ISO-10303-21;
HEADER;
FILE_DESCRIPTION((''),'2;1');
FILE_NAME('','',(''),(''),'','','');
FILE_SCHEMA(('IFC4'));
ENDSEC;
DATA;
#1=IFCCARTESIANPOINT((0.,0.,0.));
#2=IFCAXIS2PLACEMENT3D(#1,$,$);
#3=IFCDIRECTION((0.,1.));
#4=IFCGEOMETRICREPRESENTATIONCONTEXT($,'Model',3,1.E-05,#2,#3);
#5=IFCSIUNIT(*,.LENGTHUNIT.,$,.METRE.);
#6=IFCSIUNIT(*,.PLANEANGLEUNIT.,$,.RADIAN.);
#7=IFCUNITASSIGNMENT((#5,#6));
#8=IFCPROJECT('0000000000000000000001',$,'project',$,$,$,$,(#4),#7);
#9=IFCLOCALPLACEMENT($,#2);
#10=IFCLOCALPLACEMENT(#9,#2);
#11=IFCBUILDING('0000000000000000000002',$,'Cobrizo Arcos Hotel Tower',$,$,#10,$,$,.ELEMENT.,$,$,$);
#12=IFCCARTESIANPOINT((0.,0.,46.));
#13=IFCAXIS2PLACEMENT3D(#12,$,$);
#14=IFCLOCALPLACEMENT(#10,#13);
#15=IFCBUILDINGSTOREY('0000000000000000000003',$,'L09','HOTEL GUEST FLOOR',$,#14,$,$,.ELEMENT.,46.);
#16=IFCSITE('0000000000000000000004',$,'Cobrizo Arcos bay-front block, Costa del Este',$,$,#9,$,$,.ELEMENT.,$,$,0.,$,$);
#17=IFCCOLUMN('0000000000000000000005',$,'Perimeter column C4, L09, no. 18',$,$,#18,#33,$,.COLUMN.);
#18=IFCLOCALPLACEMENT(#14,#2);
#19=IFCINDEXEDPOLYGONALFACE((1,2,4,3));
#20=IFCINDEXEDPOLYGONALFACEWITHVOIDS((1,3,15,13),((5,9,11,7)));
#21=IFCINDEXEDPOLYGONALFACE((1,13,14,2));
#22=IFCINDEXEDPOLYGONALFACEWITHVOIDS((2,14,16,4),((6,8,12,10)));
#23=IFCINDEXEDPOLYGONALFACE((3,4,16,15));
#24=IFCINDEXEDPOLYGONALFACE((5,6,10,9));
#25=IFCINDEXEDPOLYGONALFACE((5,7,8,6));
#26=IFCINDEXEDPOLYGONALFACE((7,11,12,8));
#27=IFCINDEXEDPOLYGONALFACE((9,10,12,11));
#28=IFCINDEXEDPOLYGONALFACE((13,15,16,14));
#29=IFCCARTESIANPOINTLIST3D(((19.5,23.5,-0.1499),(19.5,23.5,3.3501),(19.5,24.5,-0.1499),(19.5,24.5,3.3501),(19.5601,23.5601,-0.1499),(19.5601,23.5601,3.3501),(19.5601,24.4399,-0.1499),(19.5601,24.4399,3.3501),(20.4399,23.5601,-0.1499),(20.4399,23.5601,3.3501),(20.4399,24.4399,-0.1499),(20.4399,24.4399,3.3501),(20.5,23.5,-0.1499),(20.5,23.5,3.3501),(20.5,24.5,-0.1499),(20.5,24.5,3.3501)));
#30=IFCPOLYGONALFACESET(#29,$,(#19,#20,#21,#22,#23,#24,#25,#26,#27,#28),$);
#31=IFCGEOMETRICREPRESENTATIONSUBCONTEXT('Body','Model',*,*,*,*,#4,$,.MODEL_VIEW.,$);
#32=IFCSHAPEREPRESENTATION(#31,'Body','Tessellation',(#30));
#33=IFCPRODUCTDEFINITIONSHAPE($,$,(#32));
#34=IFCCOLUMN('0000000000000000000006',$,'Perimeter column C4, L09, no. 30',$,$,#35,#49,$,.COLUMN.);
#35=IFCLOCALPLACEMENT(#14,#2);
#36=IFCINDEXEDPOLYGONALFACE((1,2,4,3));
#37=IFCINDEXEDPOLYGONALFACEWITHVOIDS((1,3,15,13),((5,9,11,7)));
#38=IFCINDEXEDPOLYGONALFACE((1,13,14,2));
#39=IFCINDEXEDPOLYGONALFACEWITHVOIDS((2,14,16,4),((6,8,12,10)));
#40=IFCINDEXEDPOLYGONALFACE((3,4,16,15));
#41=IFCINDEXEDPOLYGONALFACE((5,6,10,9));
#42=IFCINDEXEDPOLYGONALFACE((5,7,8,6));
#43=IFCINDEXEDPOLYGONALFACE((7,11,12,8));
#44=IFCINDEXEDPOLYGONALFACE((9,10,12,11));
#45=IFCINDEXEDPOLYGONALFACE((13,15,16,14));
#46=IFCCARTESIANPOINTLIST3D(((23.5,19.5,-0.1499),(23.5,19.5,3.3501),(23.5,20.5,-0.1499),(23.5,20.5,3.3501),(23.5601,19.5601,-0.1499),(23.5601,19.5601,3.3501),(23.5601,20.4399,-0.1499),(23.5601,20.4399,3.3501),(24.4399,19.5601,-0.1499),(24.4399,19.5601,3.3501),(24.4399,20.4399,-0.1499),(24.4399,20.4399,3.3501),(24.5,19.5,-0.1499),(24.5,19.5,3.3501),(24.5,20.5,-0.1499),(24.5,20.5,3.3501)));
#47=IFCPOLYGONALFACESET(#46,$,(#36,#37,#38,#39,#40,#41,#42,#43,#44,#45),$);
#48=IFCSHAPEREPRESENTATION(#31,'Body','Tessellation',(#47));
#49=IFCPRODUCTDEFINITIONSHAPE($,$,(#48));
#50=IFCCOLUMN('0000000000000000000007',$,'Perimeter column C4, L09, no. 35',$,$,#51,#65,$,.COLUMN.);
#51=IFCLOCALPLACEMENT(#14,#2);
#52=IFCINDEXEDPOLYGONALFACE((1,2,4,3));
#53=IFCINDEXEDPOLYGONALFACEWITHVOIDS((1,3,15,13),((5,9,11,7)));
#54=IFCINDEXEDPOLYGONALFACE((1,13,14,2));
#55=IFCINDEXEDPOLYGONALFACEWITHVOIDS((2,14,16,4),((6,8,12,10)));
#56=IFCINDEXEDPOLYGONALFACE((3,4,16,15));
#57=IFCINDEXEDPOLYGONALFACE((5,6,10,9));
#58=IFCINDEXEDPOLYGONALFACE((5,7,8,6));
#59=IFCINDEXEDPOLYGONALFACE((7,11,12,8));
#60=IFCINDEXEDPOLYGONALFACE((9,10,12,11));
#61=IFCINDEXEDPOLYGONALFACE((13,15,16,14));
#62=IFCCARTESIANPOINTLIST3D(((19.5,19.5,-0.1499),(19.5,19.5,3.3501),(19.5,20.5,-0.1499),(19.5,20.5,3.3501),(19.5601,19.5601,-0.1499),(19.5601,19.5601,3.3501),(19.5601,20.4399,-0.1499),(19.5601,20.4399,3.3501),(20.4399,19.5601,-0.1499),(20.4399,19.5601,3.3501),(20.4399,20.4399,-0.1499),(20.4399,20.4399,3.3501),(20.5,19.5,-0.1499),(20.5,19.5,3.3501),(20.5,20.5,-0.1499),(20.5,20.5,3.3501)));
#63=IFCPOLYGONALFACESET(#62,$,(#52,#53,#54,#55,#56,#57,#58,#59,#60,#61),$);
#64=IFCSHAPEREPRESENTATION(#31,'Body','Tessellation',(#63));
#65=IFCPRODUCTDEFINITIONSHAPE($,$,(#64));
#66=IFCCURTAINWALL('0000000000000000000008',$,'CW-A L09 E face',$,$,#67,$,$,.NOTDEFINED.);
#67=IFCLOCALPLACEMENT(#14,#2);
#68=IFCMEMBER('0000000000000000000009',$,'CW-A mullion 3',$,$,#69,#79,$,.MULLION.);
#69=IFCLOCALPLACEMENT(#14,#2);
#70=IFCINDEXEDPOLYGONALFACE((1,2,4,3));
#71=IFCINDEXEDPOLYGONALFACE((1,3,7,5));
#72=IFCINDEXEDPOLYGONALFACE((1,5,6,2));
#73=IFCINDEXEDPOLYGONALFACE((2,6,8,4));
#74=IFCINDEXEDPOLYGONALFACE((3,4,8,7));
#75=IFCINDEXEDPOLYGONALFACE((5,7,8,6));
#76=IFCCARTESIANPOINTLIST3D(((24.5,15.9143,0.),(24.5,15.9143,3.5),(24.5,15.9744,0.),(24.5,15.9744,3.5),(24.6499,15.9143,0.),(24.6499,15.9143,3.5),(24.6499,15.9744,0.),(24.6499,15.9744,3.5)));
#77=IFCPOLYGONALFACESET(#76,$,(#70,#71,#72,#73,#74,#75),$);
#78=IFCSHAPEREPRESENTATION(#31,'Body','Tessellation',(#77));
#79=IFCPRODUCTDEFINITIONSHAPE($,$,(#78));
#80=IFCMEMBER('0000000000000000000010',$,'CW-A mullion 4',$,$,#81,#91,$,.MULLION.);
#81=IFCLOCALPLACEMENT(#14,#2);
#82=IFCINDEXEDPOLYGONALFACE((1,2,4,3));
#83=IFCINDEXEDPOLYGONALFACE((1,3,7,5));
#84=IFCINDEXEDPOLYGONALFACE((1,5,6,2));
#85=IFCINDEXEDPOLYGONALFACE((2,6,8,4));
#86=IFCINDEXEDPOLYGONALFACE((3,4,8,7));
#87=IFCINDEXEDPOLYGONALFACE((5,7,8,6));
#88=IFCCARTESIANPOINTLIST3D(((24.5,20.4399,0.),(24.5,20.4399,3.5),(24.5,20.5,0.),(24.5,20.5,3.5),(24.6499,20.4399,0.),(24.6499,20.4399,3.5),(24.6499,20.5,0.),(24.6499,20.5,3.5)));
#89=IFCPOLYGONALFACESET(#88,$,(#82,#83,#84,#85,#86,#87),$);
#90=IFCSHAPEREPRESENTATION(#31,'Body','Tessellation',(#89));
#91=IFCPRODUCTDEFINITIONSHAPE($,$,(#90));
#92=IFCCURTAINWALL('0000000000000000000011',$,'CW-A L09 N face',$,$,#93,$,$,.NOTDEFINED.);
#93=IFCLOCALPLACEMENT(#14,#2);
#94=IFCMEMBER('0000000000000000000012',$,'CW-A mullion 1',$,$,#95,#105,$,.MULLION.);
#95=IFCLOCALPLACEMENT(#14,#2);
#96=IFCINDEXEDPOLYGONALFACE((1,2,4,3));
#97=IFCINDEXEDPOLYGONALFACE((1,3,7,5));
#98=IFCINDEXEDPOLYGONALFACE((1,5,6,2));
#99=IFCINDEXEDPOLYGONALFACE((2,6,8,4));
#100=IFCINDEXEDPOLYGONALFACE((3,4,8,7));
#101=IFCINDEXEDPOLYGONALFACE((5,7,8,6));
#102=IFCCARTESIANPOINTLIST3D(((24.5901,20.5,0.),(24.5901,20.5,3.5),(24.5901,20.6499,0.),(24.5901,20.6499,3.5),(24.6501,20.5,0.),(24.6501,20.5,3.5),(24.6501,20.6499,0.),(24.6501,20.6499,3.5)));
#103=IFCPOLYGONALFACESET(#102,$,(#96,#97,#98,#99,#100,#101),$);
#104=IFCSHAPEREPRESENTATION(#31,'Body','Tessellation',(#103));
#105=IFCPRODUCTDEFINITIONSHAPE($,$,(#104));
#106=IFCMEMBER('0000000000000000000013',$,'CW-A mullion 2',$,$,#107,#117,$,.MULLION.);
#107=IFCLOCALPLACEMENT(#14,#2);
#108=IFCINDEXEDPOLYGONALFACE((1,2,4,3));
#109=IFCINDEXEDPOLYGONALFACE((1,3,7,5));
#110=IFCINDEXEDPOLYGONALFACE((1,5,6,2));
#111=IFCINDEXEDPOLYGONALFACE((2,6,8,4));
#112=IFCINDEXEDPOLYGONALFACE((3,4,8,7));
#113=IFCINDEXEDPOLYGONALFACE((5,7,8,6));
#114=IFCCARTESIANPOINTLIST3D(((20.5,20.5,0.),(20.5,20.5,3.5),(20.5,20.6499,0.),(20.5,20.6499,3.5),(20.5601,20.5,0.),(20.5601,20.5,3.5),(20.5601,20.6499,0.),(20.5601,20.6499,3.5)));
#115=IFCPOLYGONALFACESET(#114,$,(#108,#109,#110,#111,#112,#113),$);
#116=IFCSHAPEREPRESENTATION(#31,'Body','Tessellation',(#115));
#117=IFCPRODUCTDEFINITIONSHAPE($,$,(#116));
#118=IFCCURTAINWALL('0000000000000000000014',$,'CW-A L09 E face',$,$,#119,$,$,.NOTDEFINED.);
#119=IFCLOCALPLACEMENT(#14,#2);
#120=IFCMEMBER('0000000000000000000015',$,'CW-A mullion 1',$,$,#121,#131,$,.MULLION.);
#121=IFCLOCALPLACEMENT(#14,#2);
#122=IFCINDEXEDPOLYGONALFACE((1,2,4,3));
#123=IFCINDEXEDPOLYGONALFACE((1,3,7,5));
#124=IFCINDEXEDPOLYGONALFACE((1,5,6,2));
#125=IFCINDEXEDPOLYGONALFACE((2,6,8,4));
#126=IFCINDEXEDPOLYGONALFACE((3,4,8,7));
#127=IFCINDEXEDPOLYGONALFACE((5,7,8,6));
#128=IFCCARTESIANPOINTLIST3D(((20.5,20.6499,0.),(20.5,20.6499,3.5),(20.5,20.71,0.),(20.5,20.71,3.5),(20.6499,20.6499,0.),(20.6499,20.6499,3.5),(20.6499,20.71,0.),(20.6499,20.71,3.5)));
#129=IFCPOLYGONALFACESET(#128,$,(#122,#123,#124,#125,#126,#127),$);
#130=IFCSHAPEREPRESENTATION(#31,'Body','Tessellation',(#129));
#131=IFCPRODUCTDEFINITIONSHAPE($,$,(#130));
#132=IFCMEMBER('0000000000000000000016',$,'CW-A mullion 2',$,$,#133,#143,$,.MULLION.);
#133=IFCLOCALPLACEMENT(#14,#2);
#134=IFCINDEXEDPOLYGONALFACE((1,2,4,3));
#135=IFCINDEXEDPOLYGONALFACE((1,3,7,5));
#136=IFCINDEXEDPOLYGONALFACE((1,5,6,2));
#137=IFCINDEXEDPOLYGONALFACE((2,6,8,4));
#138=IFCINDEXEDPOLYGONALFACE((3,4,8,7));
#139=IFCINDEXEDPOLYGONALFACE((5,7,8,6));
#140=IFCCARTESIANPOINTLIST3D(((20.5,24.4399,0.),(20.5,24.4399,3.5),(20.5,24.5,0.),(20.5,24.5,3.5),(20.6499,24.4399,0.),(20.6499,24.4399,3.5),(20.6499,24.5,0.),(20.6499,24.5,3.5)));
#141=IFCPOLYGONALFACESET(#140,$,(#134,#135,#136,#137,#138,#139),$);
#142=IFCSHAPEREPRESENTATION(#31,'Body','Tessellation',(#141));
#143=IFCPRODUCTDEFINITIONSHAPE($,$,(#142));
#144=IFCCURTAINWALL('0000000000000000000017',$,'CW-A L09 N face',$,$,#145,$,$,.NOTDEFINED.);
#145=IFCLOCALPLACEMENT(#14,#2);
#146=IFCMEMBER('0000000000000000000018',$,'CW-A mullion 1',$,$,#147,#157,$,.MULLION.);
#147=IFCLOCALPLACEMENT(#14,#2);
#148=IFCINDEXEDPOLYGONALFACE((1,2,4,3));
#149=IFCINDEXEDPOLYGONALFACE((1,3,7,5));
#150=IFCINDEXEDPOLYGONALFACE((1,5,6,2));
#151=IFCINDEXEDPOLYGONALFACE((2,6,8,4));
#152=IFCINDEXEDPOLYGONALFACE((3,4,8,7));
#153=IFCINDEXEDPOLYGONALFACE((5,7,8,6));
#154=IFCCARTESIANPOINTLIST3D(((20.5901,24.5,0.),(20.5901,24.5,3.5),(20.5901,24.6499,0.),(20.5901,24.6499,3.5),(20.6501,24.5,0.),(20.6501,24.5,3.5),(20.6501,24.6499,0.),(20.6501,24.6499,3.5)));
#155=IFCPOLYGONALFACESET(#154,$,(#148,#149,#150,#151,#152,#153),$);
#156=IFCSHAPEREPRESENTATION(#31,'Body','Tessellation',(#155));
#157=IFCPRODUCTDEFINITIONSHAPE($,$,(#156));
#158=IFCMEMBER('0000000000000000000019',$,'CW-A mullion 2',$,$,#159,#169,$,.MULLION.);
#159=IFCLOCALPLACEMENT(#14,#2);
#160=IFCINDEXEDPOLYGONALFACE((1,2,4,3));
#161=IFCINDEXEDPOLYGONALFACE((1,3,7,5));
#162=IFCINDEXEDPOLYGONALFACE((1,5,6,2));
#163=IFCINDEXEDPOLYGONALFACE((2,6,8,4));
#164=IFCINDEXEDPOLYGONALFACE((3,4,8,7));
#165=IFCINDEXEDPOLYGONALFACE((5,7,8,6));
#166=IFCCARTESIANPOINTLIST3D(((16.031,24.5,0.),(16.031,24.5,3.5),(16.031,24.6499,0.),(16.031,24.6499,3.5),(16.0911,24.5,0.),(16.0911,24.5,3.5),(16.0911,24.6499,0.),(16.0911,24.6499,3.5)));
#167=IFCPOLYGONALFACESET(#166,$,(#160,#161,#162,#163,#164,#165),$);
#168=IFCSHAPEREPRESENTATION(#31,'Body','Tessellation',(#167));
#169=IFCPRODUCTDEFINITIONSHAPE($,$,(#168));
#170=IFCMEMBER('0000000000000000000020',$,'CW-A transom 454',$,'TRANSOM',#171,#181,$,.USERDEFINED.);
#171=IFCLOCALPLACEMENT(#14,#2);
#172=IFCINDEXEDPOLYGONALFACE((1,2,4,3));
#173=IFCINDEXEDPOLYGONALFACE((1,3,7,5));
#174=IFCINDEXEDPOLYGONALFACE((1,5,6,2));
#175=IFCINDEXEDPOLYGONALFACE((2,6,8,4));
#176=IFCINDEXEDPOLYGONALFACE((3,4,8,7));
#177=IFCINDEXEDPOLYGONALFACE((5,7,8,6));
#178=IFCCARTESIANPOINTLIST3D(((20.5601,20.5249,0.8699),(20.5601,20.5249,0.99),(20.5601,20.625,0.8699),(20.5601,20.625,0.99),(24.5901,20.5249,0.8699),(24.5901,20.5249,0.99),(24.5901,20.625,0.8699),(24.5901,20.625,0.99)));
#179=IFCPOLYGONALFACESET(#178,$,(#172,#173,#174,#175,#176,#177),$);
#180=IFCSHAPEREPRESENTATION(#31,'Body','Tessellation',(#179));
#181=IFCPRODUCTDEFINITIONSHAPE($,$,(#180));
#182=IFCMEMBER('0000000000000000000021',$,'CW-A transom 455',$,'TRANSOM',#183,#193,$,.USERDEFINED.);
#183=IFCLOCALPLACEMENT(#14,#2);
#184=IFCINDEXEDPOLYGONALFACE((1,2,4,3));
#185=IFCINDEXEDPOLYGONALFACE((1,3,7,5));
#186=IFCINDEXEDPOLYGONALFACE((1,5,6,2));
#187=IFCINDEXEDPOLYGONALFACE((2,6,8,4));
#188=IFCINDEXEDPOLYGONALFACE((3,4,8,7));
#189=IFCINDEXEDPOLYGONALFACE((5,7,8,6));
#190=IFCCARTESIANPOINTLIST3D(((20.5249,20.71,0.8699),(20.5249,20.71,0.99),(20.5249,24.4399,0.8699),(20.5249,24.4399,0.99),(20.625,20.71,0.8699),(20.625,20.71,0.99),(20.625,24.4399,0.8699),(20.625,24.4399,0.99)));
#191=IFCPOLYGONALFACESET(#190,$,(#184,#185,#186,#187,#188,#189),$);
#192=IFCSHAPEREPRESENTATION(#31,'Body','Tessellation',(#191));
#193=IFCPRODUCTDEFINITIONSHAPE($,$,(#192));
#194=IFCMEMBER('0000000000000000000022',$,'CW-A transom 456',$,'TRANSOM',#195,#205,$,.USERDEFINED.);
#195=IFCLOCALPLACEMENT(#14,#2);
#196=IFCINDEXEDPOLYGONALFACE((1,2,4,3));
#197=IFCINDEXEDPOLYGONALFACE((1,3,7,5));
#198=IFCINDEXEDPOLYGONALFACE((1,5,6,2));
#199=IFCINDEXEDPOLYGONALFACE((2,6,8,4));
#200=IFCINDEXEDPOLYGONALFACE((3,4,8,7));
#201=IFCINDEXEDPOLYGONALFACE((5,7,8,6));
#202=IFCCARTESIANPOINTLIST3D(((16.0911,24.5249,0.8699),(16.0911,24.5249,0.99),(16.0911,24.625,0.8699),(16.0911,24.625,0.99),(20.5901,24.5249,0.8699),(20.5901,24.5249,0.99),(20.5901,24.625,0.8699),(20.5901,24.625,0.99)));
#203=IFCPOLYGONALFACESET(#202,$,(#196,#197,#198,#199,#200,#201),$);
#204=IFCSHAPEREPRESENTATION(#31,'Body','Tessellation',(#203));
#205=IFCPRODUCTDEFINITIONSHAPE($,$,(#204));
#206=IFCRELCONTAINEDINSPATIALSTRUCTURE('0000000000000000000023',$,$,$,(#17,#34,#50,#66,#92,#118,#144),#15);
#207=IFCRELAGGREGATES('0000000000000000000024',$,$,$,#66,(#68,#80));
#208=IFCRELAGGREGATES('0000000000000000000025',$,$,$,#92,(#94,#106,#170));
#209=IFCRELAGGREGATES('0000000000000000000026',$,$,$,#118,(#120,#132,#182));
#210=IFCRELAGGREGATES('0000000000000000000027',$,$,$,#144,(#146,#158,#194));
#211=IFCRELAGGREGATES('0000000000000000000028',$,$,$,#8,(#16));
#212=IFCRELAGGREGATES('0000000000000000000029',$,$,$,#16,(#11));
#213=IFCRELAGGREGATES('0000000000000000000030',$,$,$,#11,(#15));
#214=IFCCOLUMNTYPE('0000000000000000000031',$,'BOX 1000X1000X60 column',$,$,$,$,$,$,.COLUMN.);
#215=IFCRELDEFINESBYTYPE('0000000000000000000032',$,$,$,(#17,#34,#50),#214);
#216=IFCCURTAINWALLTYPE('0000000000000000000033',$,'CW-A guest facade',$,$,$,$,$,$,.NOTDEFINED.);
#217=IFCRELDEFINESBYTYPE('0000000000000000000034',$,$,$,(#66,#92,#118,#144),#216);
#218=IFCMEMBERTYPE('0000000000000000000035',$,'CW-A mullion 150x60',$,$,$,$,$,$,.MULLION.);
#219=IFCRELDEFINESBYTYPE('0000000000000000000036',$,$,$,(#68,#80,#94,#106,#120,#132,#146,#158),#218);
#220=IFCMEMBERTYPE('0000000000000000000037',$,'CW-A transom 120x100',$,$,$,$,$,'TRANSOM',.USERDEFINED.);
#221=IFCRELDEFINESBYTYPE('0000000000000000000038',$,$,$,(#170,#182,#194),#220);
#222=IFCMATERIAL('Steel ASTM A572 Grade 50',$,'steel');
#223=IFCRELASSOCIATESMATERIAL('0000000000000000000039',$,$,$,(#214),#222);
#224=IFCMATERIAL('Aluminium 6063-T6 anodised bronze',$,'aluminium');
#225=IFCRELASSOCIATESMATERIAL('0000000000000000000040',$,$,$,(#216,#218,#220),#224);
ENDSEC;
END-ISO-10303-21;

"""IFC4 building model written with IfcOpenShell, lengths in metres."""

from ifc_helpers import new_model, si_unit, direction, frame, origin, origin_2d, place, context, subcontext, project, spatial, rectangle, hollow_rectangle, extrude, material, material_profile, profile_set, type_object, element, aggregate, save


model = new_model("IFC4")

# Units and contexts
model_context = context("Model", 3, precision=1e-05, world=origin(), true_north=direction((0.0, 1.0)))
body_context = subcontext(model_context, "Body", "Model", "MODEL_VIEW")
ifc_project = project(units=[si_unit("LENGTHUNIT", "METRE"), si_unit("PLANEANGLEUNIT", "RADIAN")], contexts=[model_context])

# Site, building, storey
site_placement = place(None, origin())
site = spatial("IfcSite", under=ifc_project, at=site_placement, Name="Cobrizo Arcos bay-front block, Costa del Este", CompositionType="ELEMENT", RefElevation=0.0)
building_placement = place(site_placement, origin())
building = spatial("IfcBuilding", under=site, at=building_placement, Name="Cobrizo Arcos Hotel Tower", CompositionType="ELEMENT")
storey_placement = place(building_placement, frame((0.0, 0.0, 46.0)))
storey = spatial("IfcBuildingStorey", under=building, at=storey_placement, Name="L09", Description="HOTEL GUEST FLOOR", CompositionType="ELEMENT", Elevation=46.0)

# Columns
ifc_material_1 = material(Name="Steel ASTM A572 Grade 50", Category="steel")
ifc_material_profile_1 = material_profile(ifc_material_1, hollow_rectangle(XDim=1.0, YDim=1.0, WallThickness=0.0601, at=origin_2d()), Name="BOX 1000X1000X60")
ifc_profile_set_1 = profile_set([ifc_material_profile_1], Name="Steel ASTM A572 Grade 50")
column_type = type_object("IfcColumnType", Name="BOX 1000X1000X60 column", PredefinedType="COLUMN", material=ifc_profile_set_1)
for number, where, z_axis, x_axis, name in (
    (1, (20.0, 24.0, -0.1499), (0.0, 0.0, 1.0), (1.0, 0.0, 0.0), "Perimeter column C4, L09, no. 18"),
    (2, (24.0, 20.0, -0.1499), (0.0, 0.0, 1.0), (1.0, 0.0, 0.0), "Perimeter column C4, L09, no. 30"),
    (3, (20.0, 20.0, -0.1499), (0.0, 0.0, 1.0), (1.0, 0.0, 0.0), "Perimeter column C4, L09, no. 35"),
):
    element("IfcColumn", number, at=place(storey_placement, frame(where, z_axis=z_axis, x_axis=x_axis)), inside=storey, type_object=column_type, Name=name, PredefinedType="COLUMN", context=body_context, shape_type="SweptSolid", body=[
        extrude(hollow_rectangle(XDim=1.0, YDim=1.0, WallThickness=0.0601, at=origin_2d()), origin(), (0.0, 0.0, 1.0), 3.5),
    ])

# Curtain walls, members
ifc_material_2 = material(Name="Aluminium 6063-T6 anodised bronze", Category="aluminium")
curtain_wall_type = type_object("IfcCurtainWallType", Name="CW-A guest facade", PredefinedType="NOTDEFINED", material=ifc_material_2)
curtain_wall_1_placement = place(storey_placement, origin())
curtain_wall_1 = element("IfcCurtainWall", 4, at=curtain_wall_1_placement, inside=storey, type_object=curtain_wall_type, Name="CW-A L09 E face", PredefinedType="NOTDEFINED")
ifc_material_profile_2 = material_profile(ifc_material_2, rectangle(XDim=0.1499, YDim=0.0601, at=origin_2d()), Name="CW-A mullion 150x60")
ifc_profile_set_2 = profile_set([ifc_material_profile_2], Name="Aluminium 6063-T6 anodised bronze")
member_type_1 = type_object("IfcMemberType", Name="CW-A mullion 150x60", PredefinedType="MULLION", material=ifc_profile_set_2)
member_1_placement = place(storey_placement, frame((24.575, 15.9443, 0.0), z_axis=(0.0, 0.0, 1.0), x_axis=(1.0, 0.0, 0.0)))
member_1 = element("IfcMember", 5, at=member_1_placement, type_object=member_type_1, Name="CW-A mullion 3", PredefinedType="MULLION", context=body_context, shape_type="SweptSolid", body=[
    extrude(rectangle(XDim=0.1499, YDim=0.0601, at=origin_2d()), origin(), (0.0, 0.0, 1.0), 3.5),
])
member_2_placement = place(storey_placement, frame((24.575, 20.47, 0.0), z_axis=(0.0, 0.0, 1.0), x_axis=(1.0, 0.0, 0.0)))
member_2 = element("IfcMember", 6, at=member_2_placement, type_object=member_type_1, Name="CW-A mullion 4", PredefinedType="MULLION", context=body_context, shape_type="SweptSolid", body=[
    extrude(rectangle(XDim=0.1499, YDim=0.0601, at=origin_2d()), origin(), (0.0, 0.0, 1.0), 3.5),
])
curtain_wall_2_placement = place(storey_placement, origin())
curtain_wall_2 = element("IfcCurtainWall", 7, at=curtain_wall_2_placement, inside=storey, type_object=curtain_wall_type, Name="CW-A L09 N face", PredefinedType="NOTDEFINED")
member_3_placement = place(storey_placement, frame((24.6201, 20.575, 0.0), z_axis=(0.0, 0.0, 1.0), x_axis=(0.0, 1.0, 0.0)))
member_3 = element("IfcMember", 8, at=member_3_placement, type_object=member_type_1, Name="CW-A mullion 1", PredefinedType="MULLION", context=body_context, shape_type="SweptSolid", body=[
    extrude(rectangle(XDim=0.1499, YDim=0.0601, at=origin_2d()), origin(), (0.0, 0.0, 1.0), 3.5),
])
member_4_placement = place(storey_placement, frame((20.53, 20.575, 0.0), z_axis=(0.0, 0.0, 1.0), x_axis=(0.0, 1.0, 0.0)))
member_4 = element("IfcMember", 9, at=member_4_placement, type_object=member_type_1, Name="CW-A mullion 2", PredefinedType="MULLION", context=body_context, shape_type="SweptSolid", body=[
    extrude(rectangle(XDim=0.1499, YDim=0.0601, at=origin_2d()), origin(), (0.0, 0.0, 1.0), 3.5),
])
curtain_wall_3_placement = place(storey_placement, origin())
curtain_wall_3 = element("IfcCurtainWall", 10, at=curtain_wall_3_placement, inside=storey, type_object=curtain_wall_type, Name="CW-A L09 E face", PredefinedType="NOTDEFINED")
member_5_placement = place(storey_placement, frame((20.575, 20.6799, 0.0), z_axis=(0.0, 0.0, 1.0), x_axis=(1.0, 0.0, 0.0)))
member_5 = element("IfcMember", 11, at=member_5_placement, type_object=member_type_1, Name="CW-A mullion 1", PredefinedType="MULLION", context=body_context, shape_type="SweptSolid", body=[
    extrude(rectangle(XDim=0.1499, YDim=0.0601, at=origin_2d()), origin(), (0.0, 0.0, 1.0), 3.5),
])
member_6_placement = place(storey_placement, frame((20.575, 24.47, 0.0), z_axis=(0.0, 0.0, 1.0), x_axis=(1.0, 0.0, 0.0)))
member_6 = element("IfcMember", 12, at=member_6_placement, type_object=member_type_1, Name="CW-A mullion 2", PredefinedType="MULLION", context=body_context, shape_type="SweptSolid", body=[
    extrude(rectangle(XDim=0.1499, YDim=0.0601, at=origin_2d()), origin(), (0.0, 0.0, 1.0), 3.5),
])
curtain_wall_4_placement = place(storey_placement, origin())
curtain_wall_4 = element("IfcCurtainWall", 13, at=curtain_wall_4_placement, inside=storey, type_object=curtain_wall_type, Name="CW-A L09 N face", PredefinedType="NOTDEFINED")
member_7_placement = place(storey_placement, frame((20.6201, 24.575, 0.0), z_axis=(0.0, 0.0, 1.0), x_axis=(0.0, 1.0, 0.0)))
member_7 = element("IfcMember", 14, at=member_7_placement, type_object=member_type_1, Name="CW-A mullion 1", PredefinedType="MULLION", context=body_context, shape_type="SweptSolid", body=[
    extrude(rectangle(XDim=0.1499, YDim=0.0601, at=origin_2d()), origin(), (0.0, 0.0, 1.0), 3.5),
])
member_8_placement = place(storey_placement, frame((16.061, 24.575, 0.0), z_axis=(0.0, 0.0, 1.0), x_axis=(0.0, 1.0, 0.0)))
member_8 = element("IfcMember", 15, at=member_8_placement, type_object=member_type_1, Name="CW-A mullion 2", PredefinedType="MULLION", context=body_context, shape_type="SweptSolid", body=[
    extrude(rectangle(XDim=0.1499, YDim=0.0601, at=origin_2d()), origin(), (0.0, 0.0, 1.0), 3.5),
])

# Members
ifc_material_profile_3 = material_profile(ifc_material_2, rectangle(XDim=0.1001, YDim=0.1201, at=origin_2d()), Name="CW-A transom 120x100")
ifc_profile_set_3 = profile_set([ifc_material_profile_3], Name="Aluminium 6063-T6 anodised bronze")
member_type_2 = type_object("IfcMemberType", Name="CW-A transom 120x100", ElementType="TRANSOM", PredefinedType="USERDEFINED", material=ifc_profile_set_3)
member_9_placement = place(storey_placement, frame((24.5901, 20.575, 0.9299), z_axis=(-1.0, 0.0, 0.0), x_axis=(0.0, -1.0, 0.0)))
member_9 = element("IfcMember", 16, at=member_9_placement, type_object=member_type_2, Name="CW-A transom 454", ObjectType="TRANSOM", PredefinedType="USERDEFINED", context=body_context, shape_type="SweptSolid", body=[
    extrude(rectangle(XDim=0.1001, YDim=0.1201, at=origin_2d()), origin(), (0.0, 0.0, 1.0), 4.03),
])
member_10_placement = place(storey_placement, frame((20.575, 20.71, 0.9299), z_axis=(0.0, 1.0, 0.0), x_axis=(-1.0, 0.0, 0.0)))
member_10 = element("IfcMember", 17, at=member_10_placement, type_object=member_type_2, Name="CW-A transom 455", ObjectType="TRANSOM", PredefinedType="USERDEFINED", context=body_context, shape_type="SweptSolid", body=[
    extrude(rectangle(XDim=0.1001, YDim=0.1201, at=origin_2d()), origin(), (0.0, 0.0, 1.0), 3.73),
])
member_11_placement = place(storey_placement, frame((20.5901, 24.575, 0.9299), z_axis=(-1.0, 0.0, 0.0), x_axis=(0.0, -1.0, 0.0)))
member_11 = element("IfcMember", 18, at=member_11_placement, type_object=member_type_2, Name="CW-A transom 456", ObjectType="TRANSOM", PredefinedType="USERDEFINED", context=body_context, shape_type="SweptSolid", body=[
    extrude(rectangle(XDim=0.1001, YDim=0.1201, at=origin_2d()), origin(), (0.0, 0.0, 1.0), 4.499),
])

aggregate(curtain_wall_1, [member_1, member_2])
aggregate(curtain_wall_2, [member_3, member_4, member_9])
aggregate(curtain_wall_3, [member_5, member_6, member_10])
aggregate(curtain_wall_4, [member_7, member_8, member_11])

save(model, "model.ifc")
